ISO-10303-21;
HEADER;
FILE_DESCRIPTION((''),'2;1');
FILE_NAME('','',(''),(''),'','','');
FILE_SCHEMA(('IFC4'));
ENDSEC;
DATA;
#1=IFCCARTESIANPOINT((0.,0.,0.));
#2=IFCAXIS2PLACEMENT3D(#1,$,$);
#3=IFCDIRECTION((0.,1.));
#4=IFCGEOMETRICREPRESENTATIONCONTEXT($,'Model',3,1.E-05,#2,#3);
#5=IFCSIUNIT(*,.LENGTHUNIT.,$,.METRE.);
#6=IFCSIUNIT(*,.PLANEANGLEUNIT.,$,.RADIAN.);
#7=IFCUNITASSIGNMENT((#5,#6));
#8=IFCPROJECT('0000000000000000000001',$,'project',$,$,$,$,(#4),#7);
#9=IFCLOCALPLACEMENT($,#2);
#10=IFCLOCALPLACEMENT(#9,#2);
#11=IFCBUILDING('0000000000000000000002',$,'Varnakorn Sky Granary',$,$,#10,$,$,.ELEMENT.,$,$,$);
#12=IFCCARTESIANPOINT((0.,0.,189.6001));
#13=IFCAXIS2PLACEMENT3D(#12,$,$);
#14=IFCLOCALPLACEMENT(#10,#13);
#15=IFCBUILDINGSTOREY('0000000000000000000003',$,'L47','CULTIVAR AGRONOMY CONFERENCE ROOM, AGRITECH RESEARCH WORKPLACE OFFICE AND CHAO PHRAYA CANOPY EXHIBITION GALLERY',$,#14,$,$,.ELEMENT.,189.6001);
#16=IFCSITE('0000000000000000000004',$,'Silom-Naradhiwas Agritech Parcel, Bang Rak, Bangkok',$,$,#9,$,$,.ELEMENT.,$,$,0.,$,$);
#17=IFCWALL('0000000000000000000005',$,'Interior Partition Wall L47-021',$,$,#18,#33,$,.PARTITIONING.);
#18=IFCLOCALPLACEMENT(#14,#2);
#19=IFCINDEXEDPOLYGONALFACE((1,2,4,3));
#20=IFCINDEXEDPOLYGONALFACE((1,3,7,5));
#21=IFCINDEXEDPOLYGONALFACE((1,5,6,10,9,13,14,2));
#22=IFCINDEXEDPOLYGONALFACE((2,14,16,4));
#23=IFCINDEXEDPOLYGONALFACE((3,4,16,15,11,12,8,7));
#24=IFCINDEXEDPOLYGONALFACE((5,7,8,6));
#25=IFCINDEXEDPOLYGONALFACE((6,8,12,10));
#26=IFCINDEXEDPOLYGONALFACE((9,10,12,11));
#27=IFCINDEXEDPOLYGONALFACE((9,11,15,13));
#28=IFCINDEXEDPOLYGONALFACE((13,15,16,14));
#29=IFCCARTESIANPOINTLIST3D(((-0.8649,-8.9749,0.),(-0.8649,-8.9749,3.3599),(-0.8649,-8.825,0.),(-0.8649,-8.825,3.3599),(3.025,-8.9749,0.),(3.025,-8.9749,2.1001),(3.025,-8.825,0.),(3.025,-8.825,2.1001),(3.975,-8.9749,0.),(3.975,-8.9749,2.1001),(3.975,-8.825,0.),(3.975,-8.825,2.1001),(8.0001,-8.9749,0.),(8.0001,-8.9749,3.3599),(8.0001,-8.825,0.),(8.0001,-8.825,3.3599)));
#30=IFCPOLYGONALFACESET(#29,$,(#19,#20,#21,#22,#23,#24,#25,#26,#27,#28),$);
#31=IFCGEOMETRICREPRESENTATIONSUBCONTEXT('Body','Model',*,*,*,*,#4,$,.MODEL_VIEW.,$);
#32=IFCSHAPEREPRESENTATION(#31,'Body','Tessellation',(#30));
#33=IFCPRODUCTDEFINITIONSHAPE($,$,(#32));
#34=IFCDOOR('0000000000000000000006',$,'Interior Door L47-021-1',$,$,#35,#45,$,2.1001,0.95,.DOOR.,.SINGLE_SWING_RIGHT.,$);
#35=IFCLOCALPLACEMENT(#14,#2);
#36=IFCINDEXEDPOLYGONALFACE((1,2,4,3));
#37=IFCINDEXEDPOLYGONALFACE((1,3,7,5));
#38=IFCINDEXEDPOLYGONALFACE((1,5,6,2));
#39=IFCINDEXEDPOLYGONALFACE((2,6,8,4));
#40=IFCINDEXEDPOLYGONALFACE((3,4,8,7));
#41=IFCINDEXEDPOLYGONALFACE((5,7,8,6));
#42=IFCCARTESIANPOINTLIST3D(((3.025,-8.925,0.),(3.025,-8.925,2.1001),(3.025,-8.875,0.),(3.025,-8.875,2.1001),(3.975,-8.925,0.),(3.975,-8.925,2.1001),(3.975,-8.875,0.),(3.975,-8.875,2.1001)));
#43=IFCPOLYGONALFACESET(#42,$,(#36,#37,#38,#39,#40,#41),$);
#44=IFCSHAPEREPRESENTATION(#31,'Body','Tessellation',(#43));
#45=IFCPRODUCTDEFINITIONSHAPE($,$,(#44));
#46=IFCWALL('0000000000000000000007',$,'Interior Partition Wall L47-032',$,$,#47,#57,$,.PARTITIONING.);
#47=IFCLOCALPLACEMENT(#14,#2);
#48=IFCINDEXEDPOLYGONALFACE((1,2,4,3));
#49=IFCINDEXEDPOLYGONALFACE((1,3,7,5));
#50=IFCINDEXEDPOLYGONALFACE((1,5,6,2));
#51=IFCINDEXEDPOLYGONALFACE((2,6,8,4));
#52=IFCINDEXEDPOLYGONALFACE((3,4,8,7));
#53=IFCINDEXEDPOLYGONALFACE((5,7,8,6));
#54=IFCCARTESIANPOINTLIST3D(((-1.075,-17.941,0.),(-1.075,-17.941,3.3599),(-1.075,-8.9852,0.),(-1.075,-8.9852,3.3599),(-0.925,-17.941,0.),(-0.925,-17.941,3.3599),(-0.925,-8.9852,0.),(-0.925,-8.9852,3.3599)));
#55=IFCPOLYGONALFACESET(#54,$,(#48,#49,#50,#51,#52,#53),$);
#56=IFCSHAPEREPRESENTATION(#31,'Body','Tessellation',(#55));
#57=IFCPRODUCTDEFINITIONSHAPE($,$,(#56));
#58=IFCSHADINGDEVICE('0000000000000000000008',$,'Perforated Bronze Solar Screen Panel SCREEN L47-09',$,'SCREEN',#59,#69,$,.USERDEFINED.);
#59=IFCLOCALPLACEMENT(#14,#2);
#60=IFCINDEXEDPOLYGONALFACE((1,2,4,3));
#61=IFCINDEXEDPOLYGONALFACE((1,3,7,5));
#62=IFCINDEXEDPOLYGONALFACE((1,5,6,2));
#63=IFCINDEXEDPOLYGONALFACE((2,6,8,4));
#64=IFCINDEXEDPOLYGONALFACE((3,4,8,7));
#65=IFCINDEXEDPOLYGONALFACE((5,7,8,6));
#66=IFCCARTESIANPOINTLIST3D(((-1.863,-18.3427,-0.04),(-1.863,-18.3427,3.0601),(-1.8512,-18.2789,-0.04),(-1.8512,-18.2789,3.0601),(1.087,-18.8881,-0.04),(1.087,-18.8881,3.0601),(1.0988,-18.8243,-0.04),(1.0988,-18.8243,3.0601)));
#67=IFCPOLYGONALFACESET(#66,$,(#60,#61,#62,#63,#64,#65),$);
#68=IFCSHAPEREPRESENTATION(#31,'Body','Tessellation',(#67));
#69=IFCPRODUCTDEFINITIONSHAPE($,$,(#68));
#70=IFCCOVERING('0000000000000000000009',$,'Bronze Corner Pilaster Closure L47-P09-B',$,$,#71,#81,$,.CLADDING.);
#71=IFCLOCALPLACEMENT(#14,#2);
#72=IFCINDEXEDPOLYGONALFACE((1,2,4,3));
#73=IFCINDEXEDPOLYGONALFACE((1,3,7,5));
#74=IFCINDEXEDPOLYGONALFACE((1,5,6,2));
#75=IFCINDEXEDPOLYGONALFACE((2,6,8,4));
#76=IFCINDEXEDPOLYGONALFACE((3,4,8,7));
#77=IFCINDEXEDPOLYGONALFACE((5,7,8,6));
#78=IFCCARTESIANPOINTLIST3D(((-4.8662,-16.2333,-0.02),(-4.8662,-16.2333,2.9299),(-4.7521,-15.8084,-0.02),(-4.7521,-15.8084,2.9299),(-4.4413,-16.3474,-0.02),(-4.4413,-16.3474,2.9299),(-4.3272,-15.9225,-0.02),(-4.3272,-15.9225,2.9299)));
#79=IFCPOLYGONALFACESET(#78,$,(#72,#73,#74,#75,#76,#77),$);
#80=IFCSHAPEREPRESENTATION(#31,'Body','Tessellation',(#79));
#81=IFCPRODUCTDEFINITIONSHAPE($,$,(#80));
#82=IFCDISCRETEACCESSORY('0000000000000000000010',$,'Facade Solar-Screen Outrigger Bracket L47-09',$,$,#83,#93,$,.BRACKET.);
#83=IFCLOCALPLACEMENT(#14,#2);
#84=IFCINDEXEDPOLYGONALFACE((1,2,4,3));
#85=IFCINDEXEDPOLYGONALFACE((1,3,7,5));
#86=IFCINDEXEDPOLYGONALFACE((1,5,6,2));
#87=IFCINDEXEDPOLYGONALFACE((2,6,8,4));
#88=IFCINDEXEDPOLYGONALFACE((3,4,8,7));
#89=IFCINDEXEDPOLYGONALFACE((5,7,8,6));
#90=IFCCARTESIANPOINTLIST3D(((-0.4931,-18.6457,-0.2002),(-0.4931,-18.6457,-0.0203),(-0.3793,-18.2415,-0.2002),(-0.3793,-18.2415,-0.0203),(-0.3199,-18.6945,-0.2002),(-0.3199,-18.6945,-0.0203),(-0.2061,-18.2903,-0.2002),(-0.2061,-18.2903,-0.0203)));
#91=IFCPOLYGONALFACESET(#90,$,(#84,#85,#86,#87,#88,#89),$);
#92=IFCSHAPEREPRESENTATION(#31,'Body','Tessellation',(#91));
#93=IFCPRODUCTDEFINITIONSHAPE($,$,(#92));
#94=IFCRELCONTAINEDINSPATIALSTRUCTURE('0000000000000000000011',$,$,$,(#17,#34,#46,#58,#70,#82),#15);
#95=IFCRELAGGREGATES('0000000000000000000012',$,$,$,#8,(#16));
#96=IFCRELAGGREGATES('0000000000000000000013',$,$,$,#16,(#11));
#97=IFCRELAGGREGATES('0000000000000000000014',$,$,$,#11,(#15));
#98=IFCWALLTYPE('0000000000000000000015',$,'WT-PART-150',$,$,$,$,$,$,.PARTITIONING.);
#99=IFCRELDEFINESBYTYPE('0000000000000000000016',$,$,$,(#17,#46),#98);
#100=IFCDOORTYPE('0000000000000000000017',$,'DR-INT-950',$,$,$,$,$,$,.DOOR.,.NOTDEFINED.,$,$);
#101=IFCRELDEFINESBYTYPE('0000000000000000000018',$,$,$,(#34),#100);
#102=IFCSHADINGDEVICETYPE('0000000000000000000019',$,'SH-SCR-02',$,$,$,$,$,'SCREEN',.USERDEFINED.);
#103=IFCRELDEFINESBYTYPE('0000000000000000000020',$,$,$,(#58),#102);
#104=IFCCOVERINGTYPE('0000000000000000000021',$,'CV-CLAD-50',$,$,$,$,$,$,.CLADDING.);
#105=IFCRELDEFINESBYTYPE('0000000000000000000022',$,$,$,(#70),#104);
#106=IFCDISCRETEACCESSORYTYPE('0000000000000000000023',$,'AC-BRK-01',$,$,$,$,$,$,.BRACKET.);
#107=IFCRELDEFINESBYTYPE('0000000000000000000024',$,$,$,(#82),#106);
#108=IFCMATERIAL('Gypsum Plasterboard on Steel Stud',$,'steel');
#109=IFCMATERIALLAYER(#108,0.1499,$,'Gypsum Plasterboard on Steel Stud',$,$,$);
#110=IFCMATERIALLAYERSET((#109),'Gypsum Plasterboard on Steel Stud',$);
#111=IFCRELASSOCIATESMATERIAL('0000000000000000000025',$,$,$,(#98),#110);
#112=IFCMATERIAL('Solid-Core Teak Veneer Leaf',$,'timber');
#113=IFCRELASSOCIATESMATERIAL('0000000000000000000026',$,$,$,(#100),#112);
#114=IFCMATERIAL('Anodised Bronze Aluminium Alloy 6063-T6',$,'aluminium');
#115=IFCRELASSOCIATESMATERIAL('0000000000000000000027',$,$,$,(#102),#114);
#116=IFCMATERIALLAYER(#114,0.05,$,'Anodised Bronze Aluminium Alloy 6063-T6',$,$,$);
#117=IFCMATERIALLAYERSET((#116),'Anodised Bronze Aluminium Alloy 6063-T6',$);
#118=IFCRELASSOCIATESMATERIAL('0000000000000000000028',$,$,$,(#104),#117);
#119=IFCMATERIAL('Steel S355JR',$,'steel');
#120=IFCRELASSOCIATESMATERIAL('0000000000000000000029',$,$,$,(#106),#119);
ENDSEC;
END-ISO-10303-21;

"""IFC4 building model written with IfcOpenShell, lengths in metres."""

from ifc_helpers import new_model, si_unit, direction, frame, frame_2d, origin, origin_2d, place, context, subcontext, project, spatial, rectangle, extrude, source, transform, mapped, material, layer, layer_set, type_object, type_shapes, element, fill, save


model = new_model("IFC4")

# Units and contexts
model_context = context("Model", 3, precision=1e-05, world=origin(), true_north=direction((0.0, 1.0)))
body_context = subcontext(model_context, "Body", "Model", "MODEL_VIEW")
ifc_project = project(units=[si_unit("LENGTHUNIT", "METRE"), si_unit("PLANEANGLEUNIT", "RADIAN")], contexts=[model_context])

# Site, building, storey
site_placement = place(None, origin())
site = spatial("IfcSite", under=ifc_project, at=site_placement, Name="Silom-Naradhiwas Agritech Parcel, Bang Rak, Bangkok", CompositionType="ELEMENT", RefElevation=0.0)
building_placement = place(site_placement, origin())
building = spatial("IfcBuilding", under=site, at=building_placement, Name="Varnakorn Sky Granary", CompositionType="ELEMENT")
storey_placement = place(building_placement, frame((0.0, 0.0, 189.6001)))
storey = spatial("IfcBuildingStorey", under=building, at=storey_placement, Name="L47", Description="CULTIVAR AGRONOMY CONFERENCE ROOM, AGRITECH RESEARCH WORKPLACE OFFICE AND CHAO PHRAYA CANOPY EXHIBITION GALLERY", CompositionType="ELEMENT", Elevation=189.6001)

# Shared definitions
ifc_material_1 = material(Name="Steel S355JR", Category="steel")

# Shared definitions
ifc_material_2 = material(Name="Anodised Bronze Aluminium Alloy 6063-T6", Category="aluminium")

# Wall, opening, door
ifc_material_3 = material(Name="Gypsum Plasterboard on Steel Stud", Category="steel")
ifc_layer_1 = layer(ifc_material_3, 0.1499, Name="Gypsum Plasterboard on Steel Stud")
ifc_layer_set_1 = layer_set([ifc_layer_1], Name="Gypsum Plasterboard on Steel Stud")
wall_type = type_object("IfcWallType", Name="WT-PART-150", PredefinedType="PARTITIONING", material=ifc_layer_set_1)
wall_1_placement = place(storey_placement, frame((-0.865, -8.8999, 0.0), z_axis=(0.0, 0.0, 1.0), x_axis=(1.0, 0.0, 0.0)))
wall_1 = element("IfcWall", 1, at=wall_1_placement, inside=storey, type_object=wall_type, Name="Interior Partition Wall L47-021", PredefinedType="PARTITIONING", context=body_context, shape_type="SweptSolid", body=[
    extrude(rectangle(XDim=8.865, YDim=0.1499, at=frame_2d((4.4326, 0.0))), origin(), (0.0, 0.0, 1.0), 3.3599),
])
opening_placement = place(wall_1_placement, frame((3.8899, 0.0, 0.0)))
opening = element("IfcOpeningElement", 2, at=opening_placement, cuts=wall_1, PredefinedType="OPENING", context=body_context, shape_type="SweptSolid", body=[
    extrude(rectangle(XDim=0.95, YDim=2.1001, at=frame_2d((0.4751, 1.05))), frame((0.0, 0.085, 0.0), z_axis=(0.0, -1.0, 0.0), x_axis=(1.0, 0.0, 0.0)), (0.0, 0.0, 1.0), 0.1699),
])
ifc_material_4 = material(Name="Solid-Core Teak Veneer Leaf", Category="timber")
door_type = type_object("IfcDoorType", Name="DR-INT-950", OperationType="NOTDEFINED", PredefinedType="DOOR", material=ifc_material_4)
door_placement = place(opening_placement, origin())
door = element("IfcDoor", 3, at=door_placement, inside=storey, type_object=door_type, Name="Interior Door L47-021-1", OperationType="SINGLE_SWING_RIGHT", OverallHeight=2.1001, OverallWidth=0.95, PredefinedType="DOOR", context=body_context, shape_type="SweptSolid", body=[
    extrude(rectangle(XDim=0.95, YDim=2.1001, at=frame_2d((0.4751, 1.05))), frame((0.0, 0.0249, 0.0), z_axis=(0.0, -1.0, 0.0), x_axis=(1.0, 0.0, 0.0)), (0.0, 0.0, 1.0), 0.05),
])
fill(opening, door)

# Wall
wall_2_placement = place(storey_placement, frame((-1.0, -8.9851, 0.0), z_axis=(0.0, 0.0, 1.0), x_axis=(0.0, -1.0, 0.0)))
element("IfcWall", 4, at=wall_2_placement, inside=storey, type_object=wall_type, Name="Interior Partition Wall L47-032", PredefinedType="PARTITIONING", context=body_context, shape_type="SweptSolid", body=[
    extrude(rectangle(XDim=8.9558, YDim=0.1499, at=frame_2d((4.478, 0.0))), origin(), (0.0, 0.0, 1.0), 3.3599),
])

# Shading device
shading_device_type = type_object("IfcShadingDeviceType", Name="SH-SCR-02", ElementType="SCREEN", PredefinedType="USERDEFINED", material=ifc_material_2)
shared_shape_1 = source(origin(), body_context, "Body", "SweptSolid", [
    extrude(rectangle(XDim=3.0, YDim=0.0649, at=origin_2d()), origin(), (0.0, 0.0, 1.0), 3.1001),
])
type_shapes(shading_device_type, [shared_shape_1])
shading_device_placement = place(storey_placement, frame((-0.3821, -18.5835, -0.04), z_axis=(0.0, 0.0, 1.0), x_axis=(0.983336, -0.181795, 0.0)))
element("IfcShadingDevice", 5, at=shading_device_placement, inside=storey, type_object=shading_device_type, Name="Perforated Bronze Solar Screen Panel SCREEN L47-09", ObjectType="SCREEN", PredefinedType="USERDEFINED", context=body_context, shape_type="MappedRepresentation", body=[
    mapped(shared_shape_1, transform((0.0, 0.0, 0.0), x_axis=(1.0, 0.0, 0.0), y_axis=(0.0, 1.0, 0.0), z_axis=(0.0, 0.0, 1.0), scale=1.0)),
])

# Covering
ifc_layer_2 = layer(ifc_material_2, 0.05, Name="Anodised Bronze Aluminium Alloy 6063-T6")
ifc_layer_set_2 = layer_set([ifc_layer_2], Name="Anodised Bronze Aluminium Alloy 6063-T6")
covering_type = type_object("IfcCoveringType", Name="CV-CLAD-50", PredefinedType="CLADDING", material=ifc_layer_set_2)
shared_shape_2 = source(origin(), body_context, "Body", "SweptSolid", [
    extrude(rectangle(XDim=0.4399, YDim=0.4399, at=origin_2d()), origin(), (0.0, 0.0, 1.0), 2.95),
])
type_shapes(covering_type, [shared_shape_2])
covering_placement = place(storey_placement, frame((-4.5967, -16.0779, -0.02), z_axis=(0.0, 0.0, 1.0), x_axis=(-0.96579, 0.259325, 0.0)))
element("IfcCovering", 6, at=covering_placement, inside=storey, type_object=covering_type, Name="Bronze Corner Pilaster Closure L47-P09-B", PredefinedType="CLADDING", context=body_context, shape_type="MappedRepresentation", body=[
    mapped(shared_shape_2, transform((0.0, 0.0, 0.0), x_axis=(1.0, 0.0, 0.0), y_axis=(0.0, 1.0, 0.0), z_axis=(0.0, 0.0, 1.0), scale=1.0)),
])

# Discrete accessory
discrete_accessory_type = type_object("IfcDiscreteAccessoryType", Name="AC-BRK-01", PredefinedType="BRACKET", material=ifc_material_1)
shared_shape_3 = source(origin(), body_context, "Body", "SweptSolid", [
    extrude(rectangle(XDim=0.1799, YDim=0.4199, at=origin_2d()), origin(), (0.0, 0.0, 1.0), 0.1799),
])
type_shapes(discrete_accessory_type, [shared_shape_3])
discrete_accessory_placement = place(storey_placement, frame((-0.3496, -18.468, -0.2002), z_axis=(0.0, 0.0, 1.0), x_axis=(0.962577, -0.27101, 0.0)))
element("IfcDiscreteAccessory", 7, at=discrete_accessory_placement, inside=storey, type_object=discrete_accessory_type, Name="Facade Solar-Screen Outrigger Bracket L47-09", PredefinedType="BRACKET", context=body_context, shape_type="MappedRepresentation", body=[
    mapped(shared_shape_3, transform((0.0, 0.0, 0.0), x_axis=(1.0, 0.0, 0.0), y_axis=(0.0, 1.0, 0.0), z_axis=(0.0, 0.0, 1.0), scale=1.0)),
])

save(model, "model.ifc")
